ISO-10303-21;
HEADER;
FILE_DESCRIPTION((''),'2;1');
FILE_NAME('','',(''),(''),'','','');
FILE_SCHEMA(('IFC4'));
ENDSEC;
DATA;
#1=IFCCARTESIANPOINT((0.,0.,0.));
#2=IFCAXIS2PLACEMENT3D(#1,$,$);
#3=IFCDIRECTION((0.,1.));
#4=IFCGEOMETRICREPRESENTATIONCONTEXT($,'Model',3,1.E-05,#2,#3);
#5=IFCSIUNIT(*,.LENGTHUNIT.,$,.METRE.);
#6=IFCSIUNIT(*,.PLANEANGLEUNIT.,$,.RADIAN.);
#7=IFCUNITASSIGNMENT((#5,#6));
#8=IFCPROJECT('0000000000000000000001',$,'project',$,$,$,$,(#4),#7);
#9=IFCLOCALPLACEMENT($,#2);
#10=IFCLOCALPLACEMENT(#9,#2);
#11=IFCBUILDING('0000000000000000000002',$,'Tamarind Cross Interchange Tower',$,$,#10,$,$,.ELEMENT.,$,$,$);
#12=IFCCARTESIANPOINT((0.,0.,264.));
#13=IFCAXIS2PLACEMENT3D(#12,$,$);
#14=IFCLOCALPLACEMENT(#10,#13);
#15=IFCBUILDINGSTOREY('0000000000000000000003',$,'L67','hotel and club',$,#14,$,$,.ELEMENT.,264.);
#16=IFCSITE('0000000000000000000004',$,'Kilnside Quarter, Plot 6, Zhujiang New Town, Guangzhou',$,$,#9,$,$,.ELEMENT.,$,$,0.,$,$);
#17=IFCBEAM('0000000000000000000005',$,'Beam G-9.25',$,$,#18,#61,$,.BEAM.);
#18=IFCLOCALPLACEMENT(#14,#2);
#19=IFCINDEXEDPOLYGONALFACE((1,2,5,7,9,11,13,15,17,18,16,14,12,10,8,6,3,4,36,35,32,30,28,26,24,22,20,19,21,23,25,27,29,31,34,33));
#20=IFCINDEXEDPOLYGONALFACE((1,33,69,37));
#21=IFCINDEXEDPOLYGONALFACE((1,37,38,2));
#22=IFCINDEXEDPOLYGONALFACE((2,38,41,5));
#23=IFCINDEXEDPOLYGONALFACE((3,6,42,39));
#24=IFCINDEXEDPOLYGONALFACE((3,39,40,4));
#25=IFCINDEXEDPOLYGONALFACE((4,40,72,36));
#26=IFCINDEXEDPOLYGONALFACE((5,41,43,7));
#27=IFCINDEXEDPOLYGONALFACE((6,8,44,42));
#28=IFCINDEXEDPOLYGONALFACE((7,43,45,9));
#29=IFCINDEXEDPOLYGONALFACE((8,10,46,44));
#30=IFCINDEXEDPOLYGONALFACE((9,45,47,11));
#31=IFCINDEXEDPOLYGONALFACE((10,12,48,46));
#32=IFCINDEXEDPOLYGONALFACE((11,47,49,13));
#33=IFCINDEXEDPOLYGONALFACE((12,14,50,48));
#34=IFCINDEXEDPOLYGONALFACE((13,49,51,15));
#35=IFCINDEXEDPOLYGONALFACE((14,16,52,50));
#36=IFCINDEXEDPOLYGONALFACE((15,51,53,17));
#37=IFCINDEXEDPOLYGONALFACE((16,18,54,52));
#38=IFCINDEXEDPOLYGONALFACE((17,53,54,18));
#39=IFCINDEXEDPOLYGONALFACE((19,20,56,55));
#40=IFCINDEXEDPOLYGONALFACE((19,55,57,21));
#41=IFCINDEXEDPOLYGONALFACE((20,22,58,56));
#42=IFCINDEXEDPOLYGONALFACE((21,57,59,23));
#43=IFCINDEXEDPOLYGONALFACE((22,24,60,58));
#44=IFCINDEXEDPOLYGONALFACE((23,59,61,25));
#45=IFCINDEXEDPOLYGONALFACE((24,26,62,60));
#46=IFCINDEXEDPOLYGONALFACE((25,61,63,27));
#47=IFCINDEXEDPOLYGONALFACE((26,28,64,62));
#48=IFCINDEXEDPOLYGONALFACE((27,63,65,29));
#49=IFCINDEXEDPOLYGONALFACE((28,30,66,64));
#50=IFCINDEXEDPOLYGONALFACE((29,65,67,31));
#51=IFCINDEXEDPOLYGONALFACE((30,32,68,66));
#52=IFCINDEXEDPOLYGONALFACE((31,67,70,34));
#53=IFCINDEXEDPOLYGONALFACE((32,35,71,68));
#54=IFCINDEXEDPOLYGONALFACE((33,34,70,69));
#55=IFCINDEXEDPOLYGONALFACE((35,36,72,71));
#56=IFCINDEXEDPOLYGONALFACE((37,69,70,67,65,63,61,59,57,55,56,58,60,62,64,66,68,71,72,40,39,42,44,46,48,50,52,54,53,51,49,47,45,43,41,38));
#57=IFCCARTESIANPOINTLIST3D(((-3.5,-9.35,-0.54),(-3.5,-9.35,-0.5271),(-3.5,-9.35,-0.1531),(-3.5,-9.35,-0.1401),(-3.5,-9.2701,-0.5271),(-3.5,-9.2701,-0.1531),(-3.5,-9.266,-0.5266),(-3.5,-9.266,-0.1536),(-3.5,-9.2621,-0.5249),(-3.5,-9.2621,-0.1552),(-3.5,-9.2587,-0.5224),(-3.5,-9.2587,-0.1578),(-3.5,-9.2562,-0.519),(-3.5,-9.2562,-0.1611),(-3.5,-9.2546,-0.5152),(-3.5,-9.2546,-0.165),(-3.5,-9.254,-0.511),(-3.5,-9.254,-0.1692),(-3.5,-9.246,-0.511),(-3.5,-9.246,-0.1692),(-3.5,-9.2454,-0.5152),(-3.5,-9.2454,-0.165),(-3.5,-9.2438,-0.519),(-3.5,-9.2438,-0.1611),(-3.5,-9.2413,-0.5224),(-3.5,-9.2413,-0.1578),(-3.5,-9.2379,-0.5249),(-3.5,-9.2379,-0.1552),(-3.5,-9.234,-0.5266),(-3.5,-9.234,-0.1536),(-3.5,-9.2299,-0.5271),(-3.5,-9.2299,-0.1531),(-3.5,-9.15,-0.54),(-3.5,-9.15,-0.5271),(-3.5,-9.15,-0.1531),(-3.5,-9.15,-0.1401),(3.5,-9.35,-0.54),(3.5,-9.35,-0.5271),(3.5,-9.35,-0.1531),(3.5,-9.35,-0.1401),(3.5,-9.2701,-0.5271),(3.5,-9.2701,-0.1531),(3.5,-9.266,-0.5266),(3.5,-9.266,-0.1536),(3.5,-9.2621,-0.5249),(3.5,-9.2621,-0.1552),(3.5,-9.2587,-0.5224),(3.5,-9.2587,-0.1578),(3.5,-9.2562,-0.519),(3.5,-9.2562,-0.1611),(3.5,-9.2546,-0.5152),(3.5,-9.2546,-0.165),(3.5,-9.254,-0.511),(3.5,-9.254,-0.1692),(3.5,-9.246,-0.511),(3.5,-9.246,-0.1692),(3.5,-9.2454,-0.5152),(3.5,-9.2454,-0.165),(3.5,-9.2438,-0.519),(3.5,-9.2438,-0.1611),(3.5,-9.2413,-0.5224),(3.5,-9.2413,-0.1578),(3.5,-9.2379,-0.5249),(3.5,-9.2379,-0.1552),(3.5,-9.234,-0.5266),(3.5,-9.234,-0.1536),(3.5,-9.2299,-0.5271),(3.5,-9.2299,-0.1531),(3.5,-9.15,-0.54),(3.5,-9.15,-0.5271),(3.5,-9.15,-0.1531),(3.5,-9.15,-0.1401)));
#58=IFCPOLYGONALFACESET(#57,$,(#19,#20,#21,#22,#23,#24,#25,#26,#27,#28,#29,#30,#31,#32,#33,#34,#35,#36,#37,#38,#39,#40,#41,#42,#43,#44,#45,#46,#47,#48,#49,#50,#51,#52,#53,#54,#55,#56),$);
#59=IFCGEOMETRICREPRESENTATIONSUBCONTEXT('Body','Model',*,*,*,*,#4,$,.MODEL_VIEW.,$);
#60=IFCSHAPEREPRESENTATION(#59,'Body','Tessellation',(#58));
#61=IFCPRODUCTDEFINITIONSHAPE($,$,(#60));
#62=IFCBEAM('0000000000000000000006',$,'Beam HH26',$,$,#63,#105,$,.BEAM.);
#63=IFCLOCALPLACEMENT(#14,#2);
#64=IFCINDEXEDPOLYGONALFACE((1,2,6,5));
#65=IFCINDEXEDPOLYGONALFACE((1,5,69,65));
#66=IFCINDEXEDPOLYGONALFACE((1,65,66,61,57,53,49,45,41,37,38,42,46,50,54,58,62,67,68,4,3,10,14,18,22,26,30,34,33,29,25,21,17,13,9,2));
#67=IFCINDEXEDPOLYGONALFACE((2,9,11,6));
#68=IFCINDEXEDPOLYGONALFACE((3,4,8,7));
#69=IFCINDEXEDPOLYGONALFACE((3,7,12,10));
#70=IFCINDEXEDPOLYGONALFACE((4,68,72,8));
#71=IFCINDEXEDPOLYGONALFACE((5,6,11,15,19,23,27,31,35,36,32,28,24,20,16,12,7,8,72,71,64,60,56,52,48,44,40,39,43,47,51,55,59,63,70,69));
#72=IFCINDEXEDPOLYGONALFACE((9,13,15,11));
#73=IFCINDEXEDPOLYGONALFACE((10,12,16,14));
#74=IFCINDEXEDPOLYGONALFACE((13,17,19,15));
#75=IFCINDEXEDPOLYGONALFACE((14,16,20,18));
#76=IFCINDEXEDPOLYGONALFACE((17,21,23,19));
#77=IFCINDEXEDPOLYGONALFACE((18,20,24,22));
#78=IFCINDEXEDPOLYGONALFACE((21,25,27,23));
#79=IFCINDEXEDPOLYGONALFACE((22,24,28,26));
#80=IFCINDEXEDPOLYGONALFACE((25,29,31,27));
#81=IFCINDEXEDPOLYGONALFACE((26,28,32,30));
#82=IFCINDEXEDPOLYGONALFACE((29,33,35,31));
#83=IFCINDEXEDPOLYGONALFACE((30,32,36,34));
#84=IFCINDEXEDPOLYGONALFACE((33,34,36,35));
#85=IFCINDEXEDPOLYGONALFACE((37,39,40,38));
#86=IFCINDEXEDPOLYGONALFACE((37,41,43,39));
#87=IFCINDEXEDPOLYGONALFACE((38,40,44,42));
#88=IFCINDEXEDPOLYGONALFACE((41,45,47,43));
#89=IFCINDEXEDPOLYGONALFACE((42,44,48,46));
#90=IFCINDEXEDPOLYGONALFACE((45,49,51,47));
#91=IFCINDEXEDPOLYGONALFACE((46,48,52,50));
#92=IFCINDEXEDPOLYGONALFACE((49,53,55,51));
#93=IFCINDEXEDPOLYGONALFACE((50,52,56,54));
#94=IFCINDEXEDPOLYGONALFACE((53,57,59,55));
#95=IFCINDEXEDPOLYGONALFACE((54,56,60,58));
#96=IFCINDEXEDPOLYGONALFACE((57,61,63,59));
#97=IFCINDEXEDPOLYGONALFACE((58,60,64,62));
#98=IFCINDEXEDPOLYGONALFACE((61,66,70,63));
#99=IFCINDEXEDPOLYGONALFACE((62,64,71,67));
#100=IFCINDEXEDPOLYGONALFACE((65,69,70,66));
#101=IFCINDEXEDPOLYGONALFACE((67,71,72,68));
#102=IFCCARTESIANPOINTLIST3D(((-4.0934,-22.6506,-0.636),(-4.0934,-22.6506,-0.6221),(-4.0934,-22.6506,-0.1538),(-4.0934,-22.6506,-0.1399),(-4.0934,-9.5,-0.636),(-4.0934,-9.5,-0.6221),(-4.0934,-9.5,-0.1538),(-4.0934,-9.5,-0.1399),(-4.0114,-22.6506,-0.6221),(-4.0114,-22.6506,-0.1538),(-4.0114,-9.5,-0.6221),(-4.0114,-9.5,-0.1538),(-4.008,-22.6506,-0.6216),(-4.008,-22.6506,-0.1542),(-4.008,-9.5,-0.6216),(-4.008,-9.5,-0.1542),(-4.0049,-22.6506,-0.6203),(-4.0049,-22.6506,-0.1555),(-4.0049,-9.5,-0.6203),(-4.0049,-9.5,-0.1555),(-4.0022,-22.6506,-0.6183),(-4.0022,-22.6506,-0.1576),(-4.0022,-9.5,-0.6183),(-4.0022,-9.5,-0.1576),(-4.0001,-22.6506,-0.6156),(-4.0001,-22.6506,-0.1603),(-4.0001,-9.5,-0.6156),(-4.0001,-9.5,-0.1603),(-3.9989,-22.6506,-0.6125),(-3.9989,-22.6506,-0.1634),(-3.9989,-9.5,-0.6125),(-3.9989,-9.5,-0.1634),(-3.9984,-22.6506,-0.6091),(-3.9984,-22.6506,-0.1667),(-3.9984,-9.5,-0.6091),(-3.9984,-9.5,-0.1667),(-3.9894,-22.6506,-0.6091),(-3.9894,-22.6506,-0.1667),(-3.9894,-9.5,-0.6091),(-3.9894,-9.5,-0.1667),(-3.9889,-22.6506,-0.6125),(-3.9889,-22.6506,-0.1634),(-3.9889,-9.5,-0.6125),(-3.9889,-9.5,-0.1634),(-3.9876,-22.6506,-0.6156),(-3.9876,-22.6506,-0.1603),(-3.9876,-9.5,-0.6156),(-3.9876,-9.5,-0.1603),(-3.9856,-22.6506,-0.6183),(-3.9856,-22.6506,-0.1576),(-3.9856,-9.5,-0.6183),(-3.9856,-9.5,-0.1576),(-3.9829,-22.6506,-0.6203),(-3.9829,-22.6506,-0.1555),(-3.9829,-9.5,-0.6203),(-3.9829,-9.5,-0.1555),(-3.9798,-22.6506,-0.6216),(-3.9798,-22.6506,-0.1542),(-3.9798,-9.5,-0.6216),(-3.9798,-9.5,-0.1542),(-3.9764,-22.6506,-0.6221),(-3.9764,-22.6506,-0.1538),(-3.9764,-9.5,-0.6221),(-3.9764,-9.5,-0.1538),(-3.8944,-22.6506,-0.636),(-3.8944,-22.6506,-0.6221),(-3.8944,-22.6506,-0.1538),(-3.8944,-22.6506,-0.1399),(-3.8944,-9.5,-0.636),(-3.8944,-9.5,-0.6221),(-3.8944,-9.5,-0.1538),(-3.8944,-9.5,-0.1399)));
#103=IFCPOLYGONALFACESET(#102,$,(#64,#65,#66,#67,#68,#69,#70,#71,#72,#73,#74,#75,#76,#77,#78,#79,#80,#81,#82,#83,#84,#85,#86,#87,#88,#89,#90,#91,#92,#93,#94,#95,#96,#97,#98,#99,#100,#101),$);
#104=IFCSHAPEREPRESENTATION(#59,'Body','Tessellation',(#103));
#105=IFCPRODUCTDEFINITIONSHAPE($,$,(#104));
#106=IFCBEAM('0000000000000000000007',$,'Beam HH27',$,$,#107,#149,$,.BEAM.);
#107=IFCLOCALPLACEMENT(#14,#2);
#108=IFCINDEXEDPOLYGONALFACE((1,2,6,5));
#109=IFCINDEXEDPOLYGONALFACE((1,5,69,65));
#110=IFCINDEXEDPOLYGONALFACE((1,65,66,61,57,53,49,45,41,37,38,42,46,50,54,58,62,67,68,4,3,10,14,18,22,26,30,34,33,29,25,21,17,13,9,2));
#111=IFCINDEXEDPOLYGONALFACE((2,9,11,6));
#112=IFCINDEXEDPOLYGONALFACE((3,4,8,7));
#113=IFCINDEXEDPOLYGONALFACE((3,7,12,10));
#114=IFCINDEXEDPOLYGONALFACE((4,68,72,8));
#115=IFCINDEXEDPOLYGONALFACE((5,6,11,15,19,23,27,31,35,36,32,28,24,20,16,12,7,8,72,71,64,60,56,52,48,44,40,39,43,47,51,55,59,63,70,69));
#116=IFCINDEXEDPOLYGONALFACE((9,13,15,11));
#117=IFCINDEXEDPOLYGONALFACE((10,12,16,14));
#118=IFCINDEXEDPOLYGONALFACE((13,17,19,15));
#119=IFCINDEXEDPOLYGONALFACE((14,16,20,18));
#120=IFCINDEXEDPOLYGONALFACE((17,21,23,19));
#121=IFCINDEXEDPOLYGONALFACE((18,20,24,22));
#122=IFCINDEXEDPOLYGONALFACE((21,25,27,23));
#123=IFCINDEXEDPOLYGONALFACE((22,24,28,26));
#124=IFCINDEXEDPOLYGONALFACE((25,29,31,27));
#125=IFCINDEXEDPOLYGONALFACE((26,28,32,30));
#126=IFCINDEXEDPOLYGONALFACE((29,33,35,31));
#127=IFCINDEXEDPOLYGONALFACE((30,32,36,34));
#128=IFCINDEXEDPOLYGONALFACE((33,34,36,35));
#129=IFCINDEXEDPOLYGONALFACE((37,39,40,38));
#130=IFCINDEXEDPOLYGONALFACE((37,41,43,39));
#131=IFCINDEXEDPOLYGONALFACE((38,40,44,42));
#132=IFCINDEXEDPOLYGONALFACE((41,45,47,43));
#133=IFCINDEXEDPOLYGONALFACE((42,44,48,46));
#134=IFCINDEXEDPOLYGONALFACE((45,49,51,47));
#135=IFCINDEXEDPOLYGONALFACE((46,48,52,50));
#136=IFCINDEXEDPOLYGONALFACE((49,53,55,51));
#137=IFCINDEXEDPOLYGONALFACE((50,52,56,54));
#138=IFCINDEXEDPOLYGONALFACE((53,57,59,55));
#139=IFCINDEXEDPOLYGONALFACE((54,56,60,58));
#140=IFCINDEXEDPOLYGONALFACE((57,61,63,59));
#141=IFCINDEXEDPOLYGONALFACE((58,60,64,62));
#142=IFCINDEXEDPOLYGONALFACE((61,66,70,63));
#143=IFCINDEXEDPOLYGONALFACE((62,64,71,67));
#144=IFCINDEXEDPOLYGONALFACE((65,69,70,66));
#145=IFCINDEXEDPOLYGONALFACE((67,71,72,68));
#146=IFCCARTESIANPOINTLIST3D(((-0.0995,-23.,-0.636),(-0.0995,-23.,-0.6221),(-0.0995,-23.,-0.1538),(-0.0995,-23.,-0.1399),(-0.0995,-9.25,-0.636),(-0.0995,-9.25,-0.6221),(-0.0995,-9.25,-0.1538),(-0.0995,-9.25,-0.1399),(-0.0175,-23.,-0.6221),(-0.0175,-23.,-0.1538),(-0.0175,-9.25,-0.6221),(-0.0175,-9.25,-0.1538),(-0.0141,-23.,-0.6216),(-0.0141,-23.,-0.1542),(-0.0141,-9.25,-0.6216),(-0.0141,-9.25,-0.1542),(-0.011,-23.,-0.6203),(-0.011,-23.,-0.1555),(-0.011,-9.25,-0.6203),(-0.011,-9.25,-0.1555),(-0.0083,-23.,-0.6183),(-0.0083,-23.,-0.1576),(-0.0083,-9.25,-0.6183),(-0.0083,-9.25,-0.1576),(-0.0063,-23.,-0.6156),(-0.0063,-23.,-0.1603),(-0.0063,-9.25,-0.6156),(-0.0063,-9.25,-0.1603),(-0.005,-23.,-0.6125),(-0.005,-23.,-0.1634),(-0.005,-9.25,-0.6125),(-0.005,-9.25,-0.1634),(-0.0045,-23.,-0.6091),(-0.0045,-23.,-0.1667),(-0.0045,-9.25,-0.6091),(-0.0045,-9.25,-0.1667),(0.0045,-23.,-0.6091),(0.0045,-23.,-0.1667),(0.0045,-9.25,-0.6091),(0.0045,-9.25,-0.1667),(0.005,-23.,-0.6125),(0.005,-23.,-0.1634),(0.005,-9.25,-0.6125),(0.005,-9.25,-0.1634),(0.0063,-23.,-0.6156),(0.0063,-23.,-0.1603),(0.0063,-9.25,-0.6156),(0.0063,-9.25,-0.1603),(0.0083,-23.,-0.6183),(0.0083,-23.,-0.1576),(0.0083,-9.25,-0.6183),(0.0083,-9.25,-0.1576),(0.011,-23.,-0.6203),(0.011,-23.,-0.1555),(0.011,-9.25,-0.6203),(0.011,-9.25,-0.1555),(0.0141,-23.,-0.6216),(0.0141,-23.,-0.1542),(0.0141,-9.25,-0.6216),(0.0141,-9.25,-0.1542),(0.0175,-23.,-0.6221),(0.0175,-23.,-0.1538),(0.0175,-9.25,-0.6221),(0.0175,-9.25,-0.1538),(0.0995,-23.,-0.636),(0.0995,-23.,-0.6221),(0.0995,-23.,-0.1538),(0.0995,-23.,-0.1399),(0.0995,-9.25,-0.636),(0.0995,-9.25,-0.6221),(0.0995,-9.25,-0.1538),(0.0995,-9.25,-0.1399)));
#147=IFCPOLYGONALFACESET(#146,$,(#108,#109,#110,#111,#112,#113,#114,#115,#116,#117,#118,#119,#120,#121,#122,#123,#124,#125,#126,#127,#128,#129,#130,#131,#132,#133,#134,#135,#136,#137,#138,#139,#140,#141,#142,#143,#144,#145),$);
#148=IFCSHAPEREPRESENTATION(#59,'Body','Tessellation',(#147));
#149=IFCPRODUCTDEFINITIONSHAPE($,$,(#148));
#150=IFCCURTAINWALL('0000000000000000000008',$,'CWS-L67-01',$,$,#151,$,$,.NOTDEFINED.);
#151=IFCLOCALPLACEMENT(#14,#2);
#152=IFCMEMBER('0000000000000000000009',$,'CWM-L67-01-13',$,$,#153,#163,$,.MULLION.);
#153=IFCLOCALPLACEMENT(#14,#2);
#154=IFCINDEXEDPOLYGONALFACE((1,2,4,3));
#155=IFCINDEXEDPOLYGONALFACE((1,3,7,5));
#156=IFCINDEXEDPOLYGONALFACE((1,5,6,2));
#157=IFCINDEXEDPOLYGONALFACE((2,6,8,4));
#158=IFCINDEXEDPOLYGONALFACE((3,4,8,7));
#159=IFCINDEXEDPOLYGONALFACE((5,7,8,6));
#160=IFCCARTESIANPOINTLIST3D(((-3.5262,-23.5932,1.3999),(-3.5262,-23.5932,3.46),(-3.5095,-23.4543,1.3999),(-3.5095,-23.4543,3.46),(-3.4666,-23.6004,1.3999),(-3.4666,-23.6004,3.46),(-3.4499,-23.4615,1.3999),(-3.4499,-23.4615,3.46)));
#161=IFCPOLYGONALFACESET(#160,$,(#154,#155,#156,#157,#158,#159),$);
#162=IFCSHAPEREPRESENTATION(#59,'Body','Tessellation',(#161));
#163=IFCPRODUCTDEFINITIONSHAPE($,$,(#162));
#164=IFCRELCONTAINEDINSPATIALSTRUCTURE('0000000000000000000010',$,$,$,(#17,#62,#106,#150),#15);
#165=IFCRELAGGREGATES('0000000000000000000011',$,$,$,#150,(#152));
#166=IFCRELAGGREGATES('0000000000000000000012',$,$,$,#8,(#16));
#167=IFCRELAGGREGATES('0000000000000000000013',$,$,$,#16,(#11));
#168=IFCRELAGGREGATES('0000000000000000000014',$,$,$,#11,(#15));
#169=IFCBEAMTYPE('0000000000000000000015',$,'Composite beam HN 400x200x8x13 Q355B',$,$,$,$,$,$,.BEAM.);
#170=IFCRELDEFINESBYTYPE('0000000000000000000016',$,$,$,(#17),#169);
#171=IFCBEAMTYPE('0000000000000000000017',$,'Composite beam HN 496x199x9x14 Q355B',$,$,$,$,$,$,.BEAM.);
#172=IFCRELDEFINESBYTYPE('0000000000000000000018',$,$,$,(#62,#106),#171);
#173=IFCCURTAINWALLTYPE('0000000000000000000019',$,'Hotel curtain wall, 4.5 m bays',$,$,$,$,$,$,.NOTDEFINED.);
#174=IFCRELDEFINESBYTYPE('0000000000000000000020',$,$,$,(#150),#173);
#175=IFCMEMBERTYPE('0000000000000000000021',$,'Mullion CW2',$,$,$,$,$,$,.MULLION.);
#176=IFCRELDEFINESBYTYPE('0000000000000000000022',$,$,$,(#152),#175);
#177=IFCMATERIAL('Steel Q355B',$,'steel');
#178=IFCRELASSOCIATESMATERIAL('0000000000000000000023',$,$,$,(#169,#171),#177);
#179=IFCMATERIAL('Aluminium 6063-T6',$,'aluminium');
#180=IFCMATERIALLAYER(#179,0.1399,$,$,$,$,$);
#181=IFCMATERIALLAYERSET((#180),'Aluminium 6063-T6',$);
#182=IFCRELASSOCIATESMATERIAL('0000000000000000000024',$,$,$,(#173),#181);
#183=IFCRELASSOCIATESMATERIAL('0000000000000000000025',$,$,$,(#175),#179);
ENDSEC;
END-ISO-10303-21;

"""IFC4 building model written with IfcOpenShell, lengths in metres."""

from ifc_helpers import new_model, si_unit, direction, frame, origin, origin_2d, place, context, subcontext, project, spatial, rectangle, i_section, extrude, material, layer, layer_set, material_profile, profile_set, type_object, element, aggregate, save


model = new_model("IFC4")

# Units and contexts
model_context = context("Model", 3, precision=1e-05, world=origin(), true_north=direction((0.0, 1.0)))
body_context = subcontext(model_context, "Body", "Model", "MODEL_VIEW")
ifc_project = project(units=[si_unit("LENGTHUNIT", "METRE"), si_unit("PLANEANGLEUNIT", "RADIAN")], contexts=[model_context])

# Site, building, storey
site_placement = place(None, origin())
site = spatial("IfcSite", under=ifc_project, at=site_placement, Name="Kilnside Quarter, Plot 6, Zhujiang New Town, Guangzhou", CompositionType="ELEMENT", RefElevation=0.0)
building_placement = place(site_placement, origin())
building = spatial("IfcBuilding", under=site, at=building_placement, Name="Tamarind Cross Interchange Tower", CompositionType="ELEMENT")
storey_placement = place(building_placement, frame((0.0, 0.0, 264.0)))
storey = spatial("IfcBuildingStorey", under=building, at=storey_placement, Name="L67", Description="hotel and club", CompositionType="ELEMENT", Elevation=264.0)

# Beams
ifc_material_1 = material(Name="Steel Q355B", Category="steel")
ifc_material_profile_1 = material_profile(ifc_material_1, i_section(OverallWidth=0.2, OverallDepth=0.3999, WebThickness=0.0081, FlangeThickness=0.0129, FilletRadius=0.0161, at=origin_2d()), Name="HN 400x200x8x13")
ifc_profile_set_1 = profile_set([ifc_material_profile_1], Name="Steel Q355B")
beam_type_1 = type_object("IfcBeamType", Name="Composite beam HN 400x200x8x13 Q355B", PredefinedType="BEAM", material=ifc_profile_set_1)
for number, where, z_axis, x_axis, name in (
    (1, (-3.5, -9.25, -0.3401), (1.0, 0.0, 0.0), (0.0, 1.0, 0.0), "Beam G-9.25"),
):
    element("IfcBeam", number, at=place(storey_placement, frame(where, z_axis=z_axis, x_axis=x_axis)), inside=storey, type_object=beam_type_1, Name=name, PredefinedType="BEAM", context=body_context, shape_type="SweptSolid", body=[
        extrude(i_section(OverallWidth=0.2, OverallDepth=0.3999, WebThickness=0.0081, FlangeThickness=0.0129, FilletRadius=0.0161, at=origin_2d()), origin(), (0.0, 0.0, 1.0), 7.0),
    ])
ifc_material_profile_2 = material_profile(ifc_material_1, i_section(OverallWidth=0.199, OverallDepth=0.4961, WebThickness=0.009, FlangeThickness=0.0139, FilletRadius=0.0129, at=origin_2d()), Name="HN 496x199x9x14")
ifc_profile_set_2 = profile_set([ifc_material_profile_2], Name="Steel Q355B")
beam_type_2 = type_object("IfcBeamType", Name="Composite beam HN 496x199x9x14 Q355B", PredefinedType="BEAM", material=ifc_profile_set_2)
beam_1_placement = place(storey_placement, frame((-3.9939, -22.6506, -0.3879), z_axis=(0.0, 1.0, 0.0), x_axis=(-1.0, 0.0, 0.0)))
element("IfcBeam", 2, at=beam_1_placement, inside=storey, type_object=beam_type_2, Name="Beam HH26", PredefinedType="BEAM", context=body_context, shape_type="SweptSolid", body=[
    extrude(i_section(OverallWidth=0.199, OverallDepth=0.4961, WebThickness=0.009, FlangeThickness=0.0139, FilletRadius=0.0129, at=origin_2d()), origin(), (0.0, 0.0, 1.0), 13.1506),
])
beam_2_placement = place(storey_placement, frame((0.0, -23.0, -0.3879), z_axis=(0.0, 1.0, 0.0), x_axis=(-1.0, 0.0, 0.0)))
element("IfcBeam", 3, at=beam_2_placement, inside=storey, type_object=beam_type_2, Name="Beam HH27", PredefinedType="BEAM", context=body_context, shape_type="SweptSolid", body=[
    extrude(i_section(OverallWidth=0.199, OverallDepth=0.4961, WebThickness=0.009, FlangeThickness=0.0139, FilletRadius=0.0129, at=origin_2d()), origin(), (0.0, 0.0, 1.0), 13.75),
])

# Curtain wall, member
ifc_material_2 = material(Name="Aluminium 6063-T6", Category="aluminium")
ifc_layer_1 = layer(ifc_material_2, 0.1399)
ifc_layer_set_1 = layer_set([ifc_layer_1], Name="Aluminium 6063-T6")
curtain_wall_type = type_object("IfcCurtainWallType", Name="Hotel curtain wall, 4.5 m bays", PredefinedType="NOTDEFINED", material=ifc_layer_set_1)
curtain_wall_placement = place(storey_placement, origin())
curtain_wall = element("IfcCurtainWall", 4, at=curtain_wall_placement, inside=storey, type_object=curtain_wall_type, Name="CWS-L67-01", PredefinedType="NOTDEFINED")
ifc_material_profile_3 = material_profile(ifc_material_2, rectangle(XDim=0.0601, YDim=0.1399, at=origin_2d()), Name="Mullion CW2")
ifc_profile_set_3 = profile_set([ifc_material_profile_3], Name="Aluminium 6063-T6")
member_type = type_object("IfcMemberType", Name="Mullion CW2", PredefinedType="MULLION", material=ifc_profile_set_3)
member_placement = place(storey_placement, frame((-3.488, -23.5273, 1.3999), z_axis=(0.0, 0.0, 1.0), x_axis=(0.992844, -0.119421, 0.0)))
member = element("IfcMember", 5, at=member_placement, type_object=member_type, Name="CWM-L67-01-13", PredefinedType="MULLION", context=body_context, shape_type="SweptSolid", body=[
    extrude(rectangle(XDim=0.0601, YDim=0.1399, at=origin_2d()), origin(), (0.0, 0.0, 1.0), 2.0601),
])
aggregate(curtain_wall, [member])

save(model, "model.ifc")
